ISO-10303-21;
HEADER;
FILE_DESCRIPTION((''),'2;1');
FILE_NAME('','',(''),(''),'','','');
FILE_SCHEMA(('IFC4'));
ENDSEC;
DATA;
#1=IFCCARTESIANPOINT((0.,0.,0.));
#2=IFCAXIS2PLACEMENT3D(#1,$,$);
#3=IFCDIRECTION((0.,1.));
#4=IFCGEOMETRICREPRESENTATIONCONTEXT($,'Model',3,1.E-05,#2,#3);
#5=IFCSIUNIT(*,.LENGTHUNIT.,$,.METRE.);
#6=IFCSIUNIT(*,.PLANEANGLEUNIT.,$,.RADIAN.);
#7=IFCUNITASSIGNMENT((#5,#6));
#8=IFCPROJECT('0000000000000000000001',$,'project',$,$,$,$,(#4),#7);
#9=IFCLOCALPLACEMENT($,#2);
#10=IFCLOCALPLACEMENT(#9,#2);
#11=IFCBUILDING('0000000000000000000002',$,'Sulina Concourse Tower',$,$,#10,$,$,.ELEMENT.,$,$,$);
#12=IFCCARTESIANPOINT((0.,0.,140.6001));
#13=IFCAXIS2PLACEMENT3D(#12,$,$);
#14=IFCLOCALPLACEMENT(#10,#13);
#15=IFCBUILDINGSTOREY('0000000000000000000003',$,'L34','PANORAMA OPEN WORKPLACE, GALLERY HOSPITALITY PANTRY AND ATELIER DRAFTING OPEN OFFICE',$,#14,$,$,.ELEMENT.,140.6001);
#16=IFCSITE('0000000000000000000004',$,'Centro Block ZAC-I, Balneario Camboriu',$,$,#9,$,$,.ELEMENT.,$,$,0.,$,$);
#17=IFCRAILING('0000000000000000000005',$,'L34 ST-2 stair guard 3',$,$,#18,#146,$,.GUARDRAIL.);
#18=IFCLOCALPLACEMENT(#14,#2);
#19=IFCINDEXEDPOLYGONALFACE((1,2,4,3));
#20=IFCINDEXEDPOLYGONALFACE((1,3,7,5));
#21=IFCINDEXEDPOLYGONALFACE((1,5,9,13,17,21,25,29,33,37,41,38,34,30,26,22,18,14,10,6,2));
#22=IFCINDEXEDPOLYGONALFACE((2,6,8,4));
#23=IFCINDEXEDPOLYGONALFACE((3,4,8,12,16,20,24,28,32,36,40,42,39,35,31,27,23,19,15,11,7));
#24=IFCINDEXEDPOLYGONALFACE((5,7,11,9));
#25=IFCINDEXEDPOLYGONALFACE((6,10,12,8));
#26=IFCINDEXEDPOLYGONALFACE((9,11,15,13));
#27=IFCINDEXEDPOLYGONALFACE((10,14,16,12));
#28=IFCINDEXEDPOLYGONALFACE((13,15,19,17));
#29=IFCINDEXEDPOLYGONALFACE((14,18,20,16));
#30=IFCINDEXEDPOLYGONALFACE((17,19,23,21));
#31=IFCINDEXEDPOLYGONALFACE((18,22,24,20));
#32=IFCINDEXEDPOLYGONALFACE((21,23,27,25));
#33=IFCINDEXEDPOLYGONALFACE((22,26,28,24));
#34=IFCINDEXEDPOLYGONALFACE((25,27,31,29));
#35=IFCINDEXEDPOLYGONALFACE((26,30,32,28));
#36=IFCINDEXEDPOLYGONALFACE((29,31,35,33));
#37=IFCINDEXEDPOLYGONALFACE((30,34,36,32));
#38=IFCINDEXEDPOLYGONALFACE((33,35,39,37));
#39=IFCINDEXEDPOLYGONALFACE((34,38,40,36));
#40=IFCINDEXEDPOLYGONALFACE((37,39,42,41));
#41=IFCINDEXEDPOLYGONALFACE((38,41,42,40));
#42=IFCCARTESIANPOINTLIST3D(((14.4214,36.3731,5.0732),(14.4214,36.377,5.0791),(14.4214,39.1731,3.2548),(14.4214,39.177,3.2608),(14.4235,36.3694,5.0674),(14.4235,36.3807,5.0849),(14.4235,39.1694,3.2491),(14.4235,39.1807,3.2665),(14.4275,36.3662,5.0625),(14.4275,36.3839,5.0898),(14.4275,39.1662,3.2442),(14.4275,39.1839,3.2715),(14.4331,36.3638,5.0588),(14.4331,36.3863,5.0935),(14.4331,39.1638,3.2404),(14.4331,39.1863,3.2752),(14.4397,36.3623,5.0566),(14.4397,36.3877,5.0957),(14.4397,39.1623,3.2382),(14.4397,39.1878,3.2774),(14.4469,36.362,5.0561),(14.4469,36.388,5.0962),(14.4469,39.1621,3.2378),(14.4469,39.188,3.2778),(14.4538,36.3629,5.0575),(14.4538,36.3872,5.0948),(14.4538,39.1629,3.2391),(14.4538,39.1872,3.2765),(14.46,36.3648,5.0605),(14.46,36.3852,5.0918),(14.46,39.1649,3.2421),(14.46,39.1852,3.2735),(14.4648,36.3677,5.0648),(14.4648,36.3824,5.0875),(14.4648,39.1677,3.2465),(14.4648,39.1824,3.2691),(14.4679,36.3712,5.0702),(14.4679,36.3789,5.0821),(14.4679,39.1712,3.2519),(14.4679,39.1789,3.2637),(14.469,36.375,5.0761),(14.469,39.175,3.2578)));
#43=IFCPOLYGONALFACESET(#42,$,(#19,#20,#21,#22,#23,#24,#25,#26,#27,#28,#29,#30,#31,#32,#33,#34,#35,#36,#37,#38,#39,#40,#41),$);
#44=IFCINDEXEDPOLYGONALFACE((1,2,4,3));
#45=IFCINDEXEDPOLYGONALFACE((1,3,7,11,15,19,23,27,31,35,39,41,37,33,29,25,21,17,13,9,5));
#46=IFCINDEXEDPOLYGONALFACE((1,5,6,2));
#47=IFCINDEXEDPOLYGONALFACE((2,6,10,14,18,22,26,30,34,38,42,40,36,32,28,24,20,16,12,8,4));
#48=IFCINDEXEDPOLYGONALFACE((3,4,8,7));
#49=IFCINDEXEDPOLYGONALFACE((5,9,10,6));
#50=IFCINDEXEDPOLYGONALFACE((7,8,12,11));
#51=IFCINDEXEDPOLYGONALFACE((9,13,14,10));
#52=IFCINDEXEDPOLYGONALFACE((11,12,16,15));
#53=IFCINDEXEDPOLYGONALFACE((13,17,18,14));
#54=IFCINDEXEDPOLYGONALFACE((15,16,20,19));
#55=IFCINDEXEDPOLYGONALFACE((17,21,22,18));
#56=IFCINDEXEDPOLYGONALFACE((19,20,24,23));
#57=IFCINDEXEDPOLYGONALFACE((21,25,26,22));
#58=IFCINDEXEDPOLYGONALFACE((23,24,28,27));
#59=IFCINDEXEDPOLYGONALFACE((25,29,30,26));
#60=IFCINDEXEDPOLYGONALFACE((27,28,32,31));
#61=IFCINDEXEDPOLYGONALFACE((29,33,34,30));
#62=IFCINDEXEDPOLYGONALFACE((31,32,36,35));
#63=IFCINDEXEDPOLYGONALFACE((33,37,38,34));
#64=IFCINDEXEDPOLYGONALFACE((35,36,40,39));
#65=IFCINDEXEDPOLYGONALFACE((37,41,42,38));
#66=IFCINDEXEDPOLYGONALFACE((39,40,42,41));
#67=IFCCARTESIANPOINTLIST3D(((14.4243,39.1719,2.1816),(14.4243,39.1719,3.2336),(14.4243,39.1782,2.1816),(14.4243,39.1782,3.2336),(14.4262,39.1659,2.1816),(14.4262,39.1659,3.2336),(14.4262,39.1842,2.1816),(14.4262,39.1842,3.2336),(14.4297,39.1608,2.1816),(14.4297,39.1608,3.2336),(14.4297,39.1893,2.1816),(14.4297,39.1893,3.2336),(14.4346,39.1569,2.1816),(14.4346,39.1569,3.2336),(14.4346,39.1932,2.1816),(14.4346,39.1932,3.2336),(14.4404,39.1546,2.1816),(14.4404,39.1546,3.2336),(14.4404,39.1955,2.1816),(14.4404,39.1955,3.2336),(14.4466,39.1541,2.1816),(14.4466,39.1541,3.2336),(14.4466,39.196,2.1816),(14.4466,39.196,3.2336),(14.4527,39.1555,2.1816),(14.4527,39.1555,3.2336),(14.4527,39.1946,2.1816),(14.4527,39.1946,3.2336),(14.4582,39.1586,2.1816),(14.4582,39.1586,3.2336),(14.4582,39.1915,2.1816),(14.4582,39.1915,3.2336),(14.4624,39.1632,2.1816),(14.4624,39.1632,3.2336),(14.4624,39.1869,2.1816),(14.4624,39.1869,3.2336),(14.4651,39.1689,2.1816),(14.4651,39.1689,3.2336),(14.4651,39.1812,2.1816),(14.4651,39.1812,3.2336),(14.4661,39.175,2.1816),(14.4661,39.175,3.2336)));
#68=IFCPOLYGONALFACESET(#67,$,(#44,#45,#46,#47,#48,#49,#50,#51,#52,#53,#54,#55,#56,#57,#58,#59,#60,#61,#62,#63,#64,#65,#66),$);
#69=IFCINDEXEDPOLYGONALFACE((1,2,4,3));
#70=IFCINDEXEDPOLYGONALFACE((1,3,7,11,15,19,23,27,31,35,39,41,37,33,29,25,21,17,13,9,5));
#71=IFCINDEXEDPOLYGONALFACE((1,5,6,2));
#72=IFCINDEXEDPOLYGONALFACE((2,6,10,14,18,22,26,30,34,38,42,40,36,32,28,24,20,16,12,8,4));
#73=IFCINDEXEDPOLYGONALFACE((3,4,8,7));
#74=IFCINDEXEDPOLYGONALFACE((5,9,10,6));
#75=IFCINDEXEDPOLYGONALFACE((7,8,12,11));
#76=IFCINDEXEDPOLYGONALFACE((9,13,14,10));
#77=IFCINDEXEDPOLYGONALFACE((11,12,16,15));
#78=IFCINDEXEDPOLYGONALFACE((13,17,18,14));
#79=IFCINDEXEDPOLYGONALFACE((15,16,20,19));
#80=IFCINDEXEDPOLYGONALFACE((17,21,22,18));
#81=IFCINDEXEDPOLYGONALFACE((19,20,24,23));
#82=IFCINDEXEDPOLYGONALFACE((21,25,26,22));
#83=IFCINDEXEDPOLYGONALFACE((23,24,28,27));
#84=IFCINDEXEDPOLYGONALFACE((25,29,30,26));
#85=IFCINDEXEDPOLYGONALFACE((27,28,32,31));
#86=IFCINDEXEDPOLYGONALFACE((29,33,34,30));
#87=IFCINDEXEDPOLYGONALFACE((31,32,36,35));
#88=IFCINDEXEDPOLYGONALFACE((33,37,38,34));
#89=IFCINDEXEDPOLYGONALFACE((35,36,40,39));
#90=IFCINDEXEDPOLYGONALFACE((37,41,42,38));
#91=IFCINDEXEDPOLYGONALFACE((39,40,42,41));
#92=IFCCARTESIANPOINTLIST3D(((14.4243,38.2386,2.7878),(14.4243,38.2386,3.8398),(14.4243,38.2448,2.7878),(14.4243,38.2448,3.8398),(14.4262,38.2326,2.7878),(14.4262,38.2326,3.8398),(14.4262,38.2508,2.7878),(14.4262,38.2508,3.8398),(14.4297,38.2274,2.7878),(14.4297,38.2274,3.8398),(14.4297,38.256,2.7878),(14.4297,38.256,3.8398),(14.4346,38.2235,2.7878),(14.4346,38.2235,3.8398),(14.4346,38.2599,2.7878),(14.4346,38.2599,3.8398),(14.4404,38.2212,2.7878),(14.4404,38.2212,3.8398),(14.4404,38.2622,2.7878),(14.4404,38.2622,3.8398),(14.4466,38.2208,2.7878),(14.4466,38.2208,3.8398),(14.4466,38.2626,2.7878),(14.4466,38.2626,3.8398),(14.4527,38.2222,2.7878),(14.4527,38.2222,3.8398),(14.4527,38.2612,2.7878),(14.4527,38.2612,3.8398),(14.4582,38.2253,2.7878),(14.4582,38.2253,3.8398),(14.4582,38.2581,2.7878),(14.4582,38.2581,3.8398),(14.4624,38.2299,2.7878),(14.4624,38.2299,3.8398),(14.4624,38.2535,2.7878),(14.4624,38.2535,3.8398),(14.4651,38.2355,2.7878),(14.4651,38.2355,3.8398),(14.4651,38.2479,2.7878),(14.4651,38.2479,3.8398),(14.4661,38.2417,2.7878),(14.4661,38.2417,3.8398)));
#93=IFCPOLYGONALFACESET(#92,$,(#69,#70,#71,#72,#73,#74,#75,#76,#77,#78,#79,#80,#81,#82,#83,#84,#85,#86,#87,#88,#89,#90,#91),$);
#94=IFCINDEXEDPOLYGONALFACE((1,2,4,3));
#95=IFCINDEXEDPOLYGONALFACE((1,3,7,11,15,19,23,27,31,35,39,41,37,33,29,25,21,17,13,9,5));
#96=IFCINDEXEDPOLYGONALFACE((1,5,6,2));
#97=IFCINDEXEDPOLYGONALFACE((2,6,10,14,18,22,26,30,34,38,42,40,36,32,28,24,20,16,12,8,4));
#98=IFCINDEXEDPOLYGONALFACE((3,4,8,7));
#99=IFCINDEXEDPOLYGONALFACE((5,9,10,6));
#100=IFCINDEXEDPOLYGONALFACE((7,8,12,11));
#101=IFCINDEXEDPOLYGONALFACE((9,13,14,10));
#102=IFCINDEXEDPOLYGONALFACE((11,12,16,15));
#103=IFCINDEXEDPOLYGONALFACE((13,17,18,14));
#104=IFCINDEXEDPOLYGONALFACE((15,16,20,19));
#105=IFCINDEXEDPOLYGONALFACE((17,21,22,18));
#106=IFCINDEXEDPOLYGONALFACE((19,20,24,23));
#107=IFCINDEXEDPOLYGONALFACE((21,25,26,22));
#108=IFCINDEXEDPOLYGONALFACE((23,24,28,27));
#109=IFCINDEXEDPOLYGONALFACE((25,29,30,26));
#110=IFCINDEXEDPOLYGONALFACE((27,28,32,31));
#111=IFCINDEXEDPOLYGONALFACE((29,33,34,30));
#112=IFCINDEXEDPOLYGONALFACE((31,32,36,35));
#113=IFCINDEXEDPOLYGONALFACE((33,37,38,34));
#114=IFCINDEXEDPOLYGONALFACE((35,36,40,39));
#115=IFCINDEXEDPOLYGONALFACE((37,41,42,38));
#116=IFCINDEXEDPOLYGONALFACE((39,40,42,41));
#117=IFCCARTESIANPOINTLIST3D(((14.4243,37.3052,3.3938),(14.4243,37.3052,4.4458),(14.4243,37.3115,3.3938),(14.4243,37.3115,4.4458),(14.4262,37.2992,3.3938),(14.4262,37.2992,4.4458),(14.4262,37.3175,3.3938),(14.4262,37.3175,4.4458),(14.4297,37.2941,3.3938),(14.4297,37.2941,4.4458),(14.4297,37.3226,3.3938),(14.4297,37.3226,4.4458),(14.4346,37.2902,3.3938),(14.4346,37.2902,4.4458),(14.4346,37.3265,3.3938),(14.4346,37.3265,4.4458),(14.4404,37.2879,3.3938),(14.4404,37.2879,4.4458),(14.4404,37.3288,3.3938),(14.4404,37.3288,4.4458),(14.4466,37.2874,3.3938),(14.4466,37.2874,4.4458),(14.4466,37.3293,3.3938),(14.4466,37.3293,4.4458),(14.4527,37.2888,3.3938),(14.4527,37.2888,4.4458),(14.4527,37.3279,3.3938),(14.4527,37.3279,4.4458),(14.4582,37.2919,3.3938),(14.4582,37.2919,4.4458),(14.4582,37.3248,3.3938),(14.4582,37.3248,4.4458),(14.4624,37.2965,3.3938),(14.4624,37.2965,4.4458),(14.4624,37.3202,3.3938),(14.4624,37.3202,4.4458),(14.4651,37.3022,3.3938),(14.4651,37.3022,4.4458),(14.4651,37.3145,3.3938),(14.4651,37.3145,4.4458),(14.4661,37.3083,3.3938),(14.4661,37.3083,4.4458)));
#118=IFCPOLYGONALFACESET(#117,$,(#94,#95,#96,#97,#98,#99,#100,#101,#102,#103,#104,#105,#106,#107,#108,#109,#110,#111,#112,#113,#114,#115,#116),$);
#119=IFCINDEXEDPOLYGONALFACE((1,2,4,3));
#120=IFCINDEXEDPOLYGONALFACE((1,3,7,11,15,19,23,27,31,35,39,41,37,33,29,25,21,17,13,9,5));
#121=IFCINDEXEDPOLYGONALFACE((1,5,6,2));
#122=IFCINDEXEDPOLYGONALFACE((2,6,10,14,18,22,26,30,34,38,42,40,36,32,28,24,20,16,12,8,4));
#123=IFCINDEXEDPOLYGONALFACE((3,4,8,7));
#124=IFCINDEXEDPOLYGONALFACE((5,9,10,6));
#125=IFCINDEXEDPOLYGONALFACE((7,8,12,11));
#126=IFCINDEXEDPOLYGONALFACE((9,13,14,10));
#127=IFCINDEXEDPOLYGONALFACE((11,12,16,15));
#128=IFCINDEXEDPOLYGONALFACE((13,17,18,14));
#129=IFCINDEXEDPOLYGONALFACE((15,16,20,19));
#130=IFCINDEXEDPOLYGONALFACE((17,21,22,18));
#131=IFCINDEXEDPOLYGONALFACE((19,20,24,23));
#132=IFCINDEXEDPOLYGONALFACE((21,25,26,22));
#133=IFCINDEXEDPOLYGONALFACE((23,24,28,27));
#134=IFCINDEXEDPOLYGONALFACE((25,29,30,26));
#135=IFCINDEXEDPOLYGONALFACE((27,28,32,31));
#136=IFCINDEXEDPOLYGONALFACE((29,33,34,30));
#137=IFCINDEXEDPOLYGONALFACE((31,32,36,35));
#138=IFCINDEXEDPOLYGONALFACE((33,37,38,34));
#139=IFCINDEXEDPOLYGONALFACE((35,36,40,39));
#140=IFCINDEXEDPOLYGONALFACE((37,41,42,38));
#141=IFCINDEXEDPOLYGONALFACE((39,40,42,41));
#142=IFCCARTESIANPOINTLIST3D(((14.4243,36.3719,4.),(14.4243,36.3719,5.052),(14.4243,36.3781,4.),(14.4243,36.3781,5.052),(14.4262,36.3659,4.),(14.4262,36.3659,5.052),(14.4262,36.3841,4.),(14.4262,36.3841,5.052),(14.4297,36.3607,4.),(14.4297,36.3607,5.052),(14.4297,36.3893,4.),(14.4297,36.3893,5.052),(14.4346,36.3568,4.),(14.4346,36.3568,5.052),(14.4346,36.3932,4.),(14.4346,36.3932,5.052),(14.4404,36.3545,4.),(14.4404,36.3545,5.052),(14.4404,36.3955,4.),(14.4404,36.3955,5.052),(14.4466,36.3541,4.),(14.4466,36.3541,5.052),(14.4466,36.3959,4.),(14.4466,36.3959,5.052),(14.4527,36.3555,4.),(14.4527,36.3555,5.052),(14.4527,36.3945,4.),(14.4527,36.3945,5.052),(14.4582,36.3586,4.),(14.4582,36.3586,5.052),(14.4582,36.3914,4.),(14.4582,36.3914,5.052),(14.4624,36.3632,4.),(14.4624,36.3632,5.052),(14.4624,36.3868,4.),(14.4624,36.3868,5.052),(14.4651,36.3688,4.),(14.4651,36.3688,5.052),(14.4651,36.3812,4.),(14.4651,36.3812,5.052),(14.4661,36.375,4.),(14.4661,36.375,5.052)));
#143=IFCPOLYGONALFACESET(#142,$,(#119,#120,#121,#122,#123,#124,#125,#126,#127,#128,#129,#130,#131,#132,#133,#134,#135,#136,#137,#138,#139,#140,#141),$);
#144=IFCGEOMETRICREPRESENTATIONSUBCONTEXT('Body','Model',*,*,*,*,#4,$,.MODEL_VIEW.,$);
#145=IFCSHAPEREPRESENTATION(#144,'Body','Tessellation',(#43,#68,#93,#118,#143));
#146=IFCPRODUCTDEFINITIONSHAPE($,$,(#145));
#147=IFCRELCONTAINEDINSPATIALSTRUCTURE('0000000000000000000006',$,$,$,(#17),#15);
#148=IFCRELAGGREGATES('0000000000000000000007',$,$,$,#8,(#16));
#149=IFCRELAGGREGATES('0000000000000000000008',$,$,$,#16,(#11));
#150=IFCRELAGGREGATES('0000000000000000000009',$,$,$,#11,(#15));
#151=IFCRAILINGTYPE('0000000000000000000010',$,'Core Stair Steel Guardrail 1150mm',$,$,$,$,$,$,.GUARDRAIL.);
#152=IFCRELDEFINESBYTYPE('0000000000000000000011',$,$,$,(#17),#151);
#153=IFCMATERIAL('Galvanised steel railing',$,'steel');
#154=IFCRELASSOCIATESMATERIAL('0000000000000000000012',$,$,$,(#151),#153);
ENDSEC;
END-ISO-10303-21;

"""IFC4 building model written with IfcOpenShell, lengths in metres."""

from ifc_helpers import new_model, si_unit, direction, frame, origin, origin_2d, place, context, subcontext, project, spatial, circle, extrude, material, type_object, element, save


model = new_model("IFC4")

# Units and contexts
model_context = context("Model", 3, precision=1e-05, world=origin(), true_north=direction((0.0, 1.0)))
body_context = subcontext(model_context, "Body", "Model", "MODEL_VIEW")
ifc_project = project(units=[si_unit("LENGTHUNIT", "METRE"), si_unit("PLANEANGLEUNIT", "RADIAN")], contexts=[model_context])

# Site, building, storey
site_placement = place(None, origin())
site = spatial("IfcSite", under=ifc_project, at=site_placement, Name="Centro Block ZAC-I, Balneario Camboriu", CompositionType="ELEMENT", RefElevation=0.0)
building_placement = place(site_placement, origin())
building = spatial("IfcBuilding", under=site, at=building_placement, Name="Sulina Concourse Tower", CompositionType="ELEMENT")
storey_placement = place(building_placement, frame((0.0, 0.0, 140.6001)))
storey = spatial("IfcBuildingStorey", under=building, at=storey_placement, Name="L34", Description="PANORAMA OPEN WORKPLACE, GALLERY HOSPITALITY PANTRY AND ATELIER DRAFTING OPEN OFFICE", CompositionType="ELEMENT", Elevation=140.6001)

# Railing
ifc_material_1 = material(Name="Galvanised steel railing", Category="steel")
railing_type_1 = type_object("IfcRailingType", Name="Core Stair Steel Guardrail 1150mm", PredefinedType="GUARDRAIL", material=ifc_material_1)
railing_1_placement = place(storey_placement, frame((14.4451, 39.175, 2.1816)))
element("IfcRailing", 1, at=railing_1_placement, inside=storey, type_object=railing_type_1, Name="L34 ST-2 stair guard 3", PredefinedType="GUARDRAIL", context=body_context, shape_type="SweptSolid", body=[
    extrude(circle(Radius=0.0239, at=origin_2d()), frame((0.0, 0.0, 1.0762), z_axis=(0.0, -0.838672, 0.544636), x_axis=(1.0, 0.0, 0.0)), (0.0, 0.0, 1.0), 3.3386),
    extrude(circle(Radius=0.021, at=origin_2d()), origin(), (0.0, 0.0, 1.0), 1.052),
    extrude(circle(Radius=0.021, at=origin_2d()), frame((0.0, -0.9333, 0.6062)), (0.0, 0.0, 1.0), 1.052),
    extrude(circle(Radius=0.021, at=origin_2d()), frame((0.0, -1.8667, 1.2122)), (0.0, 0.0, 1.0), 1.052),
    extrude(circle(Radius=0.021, at=origin_2d()), frame((0.0, -2.8, 1.8184)), (0.0, 0.0, 1.0), 1.052),
])

save(model, "model.ifc")
